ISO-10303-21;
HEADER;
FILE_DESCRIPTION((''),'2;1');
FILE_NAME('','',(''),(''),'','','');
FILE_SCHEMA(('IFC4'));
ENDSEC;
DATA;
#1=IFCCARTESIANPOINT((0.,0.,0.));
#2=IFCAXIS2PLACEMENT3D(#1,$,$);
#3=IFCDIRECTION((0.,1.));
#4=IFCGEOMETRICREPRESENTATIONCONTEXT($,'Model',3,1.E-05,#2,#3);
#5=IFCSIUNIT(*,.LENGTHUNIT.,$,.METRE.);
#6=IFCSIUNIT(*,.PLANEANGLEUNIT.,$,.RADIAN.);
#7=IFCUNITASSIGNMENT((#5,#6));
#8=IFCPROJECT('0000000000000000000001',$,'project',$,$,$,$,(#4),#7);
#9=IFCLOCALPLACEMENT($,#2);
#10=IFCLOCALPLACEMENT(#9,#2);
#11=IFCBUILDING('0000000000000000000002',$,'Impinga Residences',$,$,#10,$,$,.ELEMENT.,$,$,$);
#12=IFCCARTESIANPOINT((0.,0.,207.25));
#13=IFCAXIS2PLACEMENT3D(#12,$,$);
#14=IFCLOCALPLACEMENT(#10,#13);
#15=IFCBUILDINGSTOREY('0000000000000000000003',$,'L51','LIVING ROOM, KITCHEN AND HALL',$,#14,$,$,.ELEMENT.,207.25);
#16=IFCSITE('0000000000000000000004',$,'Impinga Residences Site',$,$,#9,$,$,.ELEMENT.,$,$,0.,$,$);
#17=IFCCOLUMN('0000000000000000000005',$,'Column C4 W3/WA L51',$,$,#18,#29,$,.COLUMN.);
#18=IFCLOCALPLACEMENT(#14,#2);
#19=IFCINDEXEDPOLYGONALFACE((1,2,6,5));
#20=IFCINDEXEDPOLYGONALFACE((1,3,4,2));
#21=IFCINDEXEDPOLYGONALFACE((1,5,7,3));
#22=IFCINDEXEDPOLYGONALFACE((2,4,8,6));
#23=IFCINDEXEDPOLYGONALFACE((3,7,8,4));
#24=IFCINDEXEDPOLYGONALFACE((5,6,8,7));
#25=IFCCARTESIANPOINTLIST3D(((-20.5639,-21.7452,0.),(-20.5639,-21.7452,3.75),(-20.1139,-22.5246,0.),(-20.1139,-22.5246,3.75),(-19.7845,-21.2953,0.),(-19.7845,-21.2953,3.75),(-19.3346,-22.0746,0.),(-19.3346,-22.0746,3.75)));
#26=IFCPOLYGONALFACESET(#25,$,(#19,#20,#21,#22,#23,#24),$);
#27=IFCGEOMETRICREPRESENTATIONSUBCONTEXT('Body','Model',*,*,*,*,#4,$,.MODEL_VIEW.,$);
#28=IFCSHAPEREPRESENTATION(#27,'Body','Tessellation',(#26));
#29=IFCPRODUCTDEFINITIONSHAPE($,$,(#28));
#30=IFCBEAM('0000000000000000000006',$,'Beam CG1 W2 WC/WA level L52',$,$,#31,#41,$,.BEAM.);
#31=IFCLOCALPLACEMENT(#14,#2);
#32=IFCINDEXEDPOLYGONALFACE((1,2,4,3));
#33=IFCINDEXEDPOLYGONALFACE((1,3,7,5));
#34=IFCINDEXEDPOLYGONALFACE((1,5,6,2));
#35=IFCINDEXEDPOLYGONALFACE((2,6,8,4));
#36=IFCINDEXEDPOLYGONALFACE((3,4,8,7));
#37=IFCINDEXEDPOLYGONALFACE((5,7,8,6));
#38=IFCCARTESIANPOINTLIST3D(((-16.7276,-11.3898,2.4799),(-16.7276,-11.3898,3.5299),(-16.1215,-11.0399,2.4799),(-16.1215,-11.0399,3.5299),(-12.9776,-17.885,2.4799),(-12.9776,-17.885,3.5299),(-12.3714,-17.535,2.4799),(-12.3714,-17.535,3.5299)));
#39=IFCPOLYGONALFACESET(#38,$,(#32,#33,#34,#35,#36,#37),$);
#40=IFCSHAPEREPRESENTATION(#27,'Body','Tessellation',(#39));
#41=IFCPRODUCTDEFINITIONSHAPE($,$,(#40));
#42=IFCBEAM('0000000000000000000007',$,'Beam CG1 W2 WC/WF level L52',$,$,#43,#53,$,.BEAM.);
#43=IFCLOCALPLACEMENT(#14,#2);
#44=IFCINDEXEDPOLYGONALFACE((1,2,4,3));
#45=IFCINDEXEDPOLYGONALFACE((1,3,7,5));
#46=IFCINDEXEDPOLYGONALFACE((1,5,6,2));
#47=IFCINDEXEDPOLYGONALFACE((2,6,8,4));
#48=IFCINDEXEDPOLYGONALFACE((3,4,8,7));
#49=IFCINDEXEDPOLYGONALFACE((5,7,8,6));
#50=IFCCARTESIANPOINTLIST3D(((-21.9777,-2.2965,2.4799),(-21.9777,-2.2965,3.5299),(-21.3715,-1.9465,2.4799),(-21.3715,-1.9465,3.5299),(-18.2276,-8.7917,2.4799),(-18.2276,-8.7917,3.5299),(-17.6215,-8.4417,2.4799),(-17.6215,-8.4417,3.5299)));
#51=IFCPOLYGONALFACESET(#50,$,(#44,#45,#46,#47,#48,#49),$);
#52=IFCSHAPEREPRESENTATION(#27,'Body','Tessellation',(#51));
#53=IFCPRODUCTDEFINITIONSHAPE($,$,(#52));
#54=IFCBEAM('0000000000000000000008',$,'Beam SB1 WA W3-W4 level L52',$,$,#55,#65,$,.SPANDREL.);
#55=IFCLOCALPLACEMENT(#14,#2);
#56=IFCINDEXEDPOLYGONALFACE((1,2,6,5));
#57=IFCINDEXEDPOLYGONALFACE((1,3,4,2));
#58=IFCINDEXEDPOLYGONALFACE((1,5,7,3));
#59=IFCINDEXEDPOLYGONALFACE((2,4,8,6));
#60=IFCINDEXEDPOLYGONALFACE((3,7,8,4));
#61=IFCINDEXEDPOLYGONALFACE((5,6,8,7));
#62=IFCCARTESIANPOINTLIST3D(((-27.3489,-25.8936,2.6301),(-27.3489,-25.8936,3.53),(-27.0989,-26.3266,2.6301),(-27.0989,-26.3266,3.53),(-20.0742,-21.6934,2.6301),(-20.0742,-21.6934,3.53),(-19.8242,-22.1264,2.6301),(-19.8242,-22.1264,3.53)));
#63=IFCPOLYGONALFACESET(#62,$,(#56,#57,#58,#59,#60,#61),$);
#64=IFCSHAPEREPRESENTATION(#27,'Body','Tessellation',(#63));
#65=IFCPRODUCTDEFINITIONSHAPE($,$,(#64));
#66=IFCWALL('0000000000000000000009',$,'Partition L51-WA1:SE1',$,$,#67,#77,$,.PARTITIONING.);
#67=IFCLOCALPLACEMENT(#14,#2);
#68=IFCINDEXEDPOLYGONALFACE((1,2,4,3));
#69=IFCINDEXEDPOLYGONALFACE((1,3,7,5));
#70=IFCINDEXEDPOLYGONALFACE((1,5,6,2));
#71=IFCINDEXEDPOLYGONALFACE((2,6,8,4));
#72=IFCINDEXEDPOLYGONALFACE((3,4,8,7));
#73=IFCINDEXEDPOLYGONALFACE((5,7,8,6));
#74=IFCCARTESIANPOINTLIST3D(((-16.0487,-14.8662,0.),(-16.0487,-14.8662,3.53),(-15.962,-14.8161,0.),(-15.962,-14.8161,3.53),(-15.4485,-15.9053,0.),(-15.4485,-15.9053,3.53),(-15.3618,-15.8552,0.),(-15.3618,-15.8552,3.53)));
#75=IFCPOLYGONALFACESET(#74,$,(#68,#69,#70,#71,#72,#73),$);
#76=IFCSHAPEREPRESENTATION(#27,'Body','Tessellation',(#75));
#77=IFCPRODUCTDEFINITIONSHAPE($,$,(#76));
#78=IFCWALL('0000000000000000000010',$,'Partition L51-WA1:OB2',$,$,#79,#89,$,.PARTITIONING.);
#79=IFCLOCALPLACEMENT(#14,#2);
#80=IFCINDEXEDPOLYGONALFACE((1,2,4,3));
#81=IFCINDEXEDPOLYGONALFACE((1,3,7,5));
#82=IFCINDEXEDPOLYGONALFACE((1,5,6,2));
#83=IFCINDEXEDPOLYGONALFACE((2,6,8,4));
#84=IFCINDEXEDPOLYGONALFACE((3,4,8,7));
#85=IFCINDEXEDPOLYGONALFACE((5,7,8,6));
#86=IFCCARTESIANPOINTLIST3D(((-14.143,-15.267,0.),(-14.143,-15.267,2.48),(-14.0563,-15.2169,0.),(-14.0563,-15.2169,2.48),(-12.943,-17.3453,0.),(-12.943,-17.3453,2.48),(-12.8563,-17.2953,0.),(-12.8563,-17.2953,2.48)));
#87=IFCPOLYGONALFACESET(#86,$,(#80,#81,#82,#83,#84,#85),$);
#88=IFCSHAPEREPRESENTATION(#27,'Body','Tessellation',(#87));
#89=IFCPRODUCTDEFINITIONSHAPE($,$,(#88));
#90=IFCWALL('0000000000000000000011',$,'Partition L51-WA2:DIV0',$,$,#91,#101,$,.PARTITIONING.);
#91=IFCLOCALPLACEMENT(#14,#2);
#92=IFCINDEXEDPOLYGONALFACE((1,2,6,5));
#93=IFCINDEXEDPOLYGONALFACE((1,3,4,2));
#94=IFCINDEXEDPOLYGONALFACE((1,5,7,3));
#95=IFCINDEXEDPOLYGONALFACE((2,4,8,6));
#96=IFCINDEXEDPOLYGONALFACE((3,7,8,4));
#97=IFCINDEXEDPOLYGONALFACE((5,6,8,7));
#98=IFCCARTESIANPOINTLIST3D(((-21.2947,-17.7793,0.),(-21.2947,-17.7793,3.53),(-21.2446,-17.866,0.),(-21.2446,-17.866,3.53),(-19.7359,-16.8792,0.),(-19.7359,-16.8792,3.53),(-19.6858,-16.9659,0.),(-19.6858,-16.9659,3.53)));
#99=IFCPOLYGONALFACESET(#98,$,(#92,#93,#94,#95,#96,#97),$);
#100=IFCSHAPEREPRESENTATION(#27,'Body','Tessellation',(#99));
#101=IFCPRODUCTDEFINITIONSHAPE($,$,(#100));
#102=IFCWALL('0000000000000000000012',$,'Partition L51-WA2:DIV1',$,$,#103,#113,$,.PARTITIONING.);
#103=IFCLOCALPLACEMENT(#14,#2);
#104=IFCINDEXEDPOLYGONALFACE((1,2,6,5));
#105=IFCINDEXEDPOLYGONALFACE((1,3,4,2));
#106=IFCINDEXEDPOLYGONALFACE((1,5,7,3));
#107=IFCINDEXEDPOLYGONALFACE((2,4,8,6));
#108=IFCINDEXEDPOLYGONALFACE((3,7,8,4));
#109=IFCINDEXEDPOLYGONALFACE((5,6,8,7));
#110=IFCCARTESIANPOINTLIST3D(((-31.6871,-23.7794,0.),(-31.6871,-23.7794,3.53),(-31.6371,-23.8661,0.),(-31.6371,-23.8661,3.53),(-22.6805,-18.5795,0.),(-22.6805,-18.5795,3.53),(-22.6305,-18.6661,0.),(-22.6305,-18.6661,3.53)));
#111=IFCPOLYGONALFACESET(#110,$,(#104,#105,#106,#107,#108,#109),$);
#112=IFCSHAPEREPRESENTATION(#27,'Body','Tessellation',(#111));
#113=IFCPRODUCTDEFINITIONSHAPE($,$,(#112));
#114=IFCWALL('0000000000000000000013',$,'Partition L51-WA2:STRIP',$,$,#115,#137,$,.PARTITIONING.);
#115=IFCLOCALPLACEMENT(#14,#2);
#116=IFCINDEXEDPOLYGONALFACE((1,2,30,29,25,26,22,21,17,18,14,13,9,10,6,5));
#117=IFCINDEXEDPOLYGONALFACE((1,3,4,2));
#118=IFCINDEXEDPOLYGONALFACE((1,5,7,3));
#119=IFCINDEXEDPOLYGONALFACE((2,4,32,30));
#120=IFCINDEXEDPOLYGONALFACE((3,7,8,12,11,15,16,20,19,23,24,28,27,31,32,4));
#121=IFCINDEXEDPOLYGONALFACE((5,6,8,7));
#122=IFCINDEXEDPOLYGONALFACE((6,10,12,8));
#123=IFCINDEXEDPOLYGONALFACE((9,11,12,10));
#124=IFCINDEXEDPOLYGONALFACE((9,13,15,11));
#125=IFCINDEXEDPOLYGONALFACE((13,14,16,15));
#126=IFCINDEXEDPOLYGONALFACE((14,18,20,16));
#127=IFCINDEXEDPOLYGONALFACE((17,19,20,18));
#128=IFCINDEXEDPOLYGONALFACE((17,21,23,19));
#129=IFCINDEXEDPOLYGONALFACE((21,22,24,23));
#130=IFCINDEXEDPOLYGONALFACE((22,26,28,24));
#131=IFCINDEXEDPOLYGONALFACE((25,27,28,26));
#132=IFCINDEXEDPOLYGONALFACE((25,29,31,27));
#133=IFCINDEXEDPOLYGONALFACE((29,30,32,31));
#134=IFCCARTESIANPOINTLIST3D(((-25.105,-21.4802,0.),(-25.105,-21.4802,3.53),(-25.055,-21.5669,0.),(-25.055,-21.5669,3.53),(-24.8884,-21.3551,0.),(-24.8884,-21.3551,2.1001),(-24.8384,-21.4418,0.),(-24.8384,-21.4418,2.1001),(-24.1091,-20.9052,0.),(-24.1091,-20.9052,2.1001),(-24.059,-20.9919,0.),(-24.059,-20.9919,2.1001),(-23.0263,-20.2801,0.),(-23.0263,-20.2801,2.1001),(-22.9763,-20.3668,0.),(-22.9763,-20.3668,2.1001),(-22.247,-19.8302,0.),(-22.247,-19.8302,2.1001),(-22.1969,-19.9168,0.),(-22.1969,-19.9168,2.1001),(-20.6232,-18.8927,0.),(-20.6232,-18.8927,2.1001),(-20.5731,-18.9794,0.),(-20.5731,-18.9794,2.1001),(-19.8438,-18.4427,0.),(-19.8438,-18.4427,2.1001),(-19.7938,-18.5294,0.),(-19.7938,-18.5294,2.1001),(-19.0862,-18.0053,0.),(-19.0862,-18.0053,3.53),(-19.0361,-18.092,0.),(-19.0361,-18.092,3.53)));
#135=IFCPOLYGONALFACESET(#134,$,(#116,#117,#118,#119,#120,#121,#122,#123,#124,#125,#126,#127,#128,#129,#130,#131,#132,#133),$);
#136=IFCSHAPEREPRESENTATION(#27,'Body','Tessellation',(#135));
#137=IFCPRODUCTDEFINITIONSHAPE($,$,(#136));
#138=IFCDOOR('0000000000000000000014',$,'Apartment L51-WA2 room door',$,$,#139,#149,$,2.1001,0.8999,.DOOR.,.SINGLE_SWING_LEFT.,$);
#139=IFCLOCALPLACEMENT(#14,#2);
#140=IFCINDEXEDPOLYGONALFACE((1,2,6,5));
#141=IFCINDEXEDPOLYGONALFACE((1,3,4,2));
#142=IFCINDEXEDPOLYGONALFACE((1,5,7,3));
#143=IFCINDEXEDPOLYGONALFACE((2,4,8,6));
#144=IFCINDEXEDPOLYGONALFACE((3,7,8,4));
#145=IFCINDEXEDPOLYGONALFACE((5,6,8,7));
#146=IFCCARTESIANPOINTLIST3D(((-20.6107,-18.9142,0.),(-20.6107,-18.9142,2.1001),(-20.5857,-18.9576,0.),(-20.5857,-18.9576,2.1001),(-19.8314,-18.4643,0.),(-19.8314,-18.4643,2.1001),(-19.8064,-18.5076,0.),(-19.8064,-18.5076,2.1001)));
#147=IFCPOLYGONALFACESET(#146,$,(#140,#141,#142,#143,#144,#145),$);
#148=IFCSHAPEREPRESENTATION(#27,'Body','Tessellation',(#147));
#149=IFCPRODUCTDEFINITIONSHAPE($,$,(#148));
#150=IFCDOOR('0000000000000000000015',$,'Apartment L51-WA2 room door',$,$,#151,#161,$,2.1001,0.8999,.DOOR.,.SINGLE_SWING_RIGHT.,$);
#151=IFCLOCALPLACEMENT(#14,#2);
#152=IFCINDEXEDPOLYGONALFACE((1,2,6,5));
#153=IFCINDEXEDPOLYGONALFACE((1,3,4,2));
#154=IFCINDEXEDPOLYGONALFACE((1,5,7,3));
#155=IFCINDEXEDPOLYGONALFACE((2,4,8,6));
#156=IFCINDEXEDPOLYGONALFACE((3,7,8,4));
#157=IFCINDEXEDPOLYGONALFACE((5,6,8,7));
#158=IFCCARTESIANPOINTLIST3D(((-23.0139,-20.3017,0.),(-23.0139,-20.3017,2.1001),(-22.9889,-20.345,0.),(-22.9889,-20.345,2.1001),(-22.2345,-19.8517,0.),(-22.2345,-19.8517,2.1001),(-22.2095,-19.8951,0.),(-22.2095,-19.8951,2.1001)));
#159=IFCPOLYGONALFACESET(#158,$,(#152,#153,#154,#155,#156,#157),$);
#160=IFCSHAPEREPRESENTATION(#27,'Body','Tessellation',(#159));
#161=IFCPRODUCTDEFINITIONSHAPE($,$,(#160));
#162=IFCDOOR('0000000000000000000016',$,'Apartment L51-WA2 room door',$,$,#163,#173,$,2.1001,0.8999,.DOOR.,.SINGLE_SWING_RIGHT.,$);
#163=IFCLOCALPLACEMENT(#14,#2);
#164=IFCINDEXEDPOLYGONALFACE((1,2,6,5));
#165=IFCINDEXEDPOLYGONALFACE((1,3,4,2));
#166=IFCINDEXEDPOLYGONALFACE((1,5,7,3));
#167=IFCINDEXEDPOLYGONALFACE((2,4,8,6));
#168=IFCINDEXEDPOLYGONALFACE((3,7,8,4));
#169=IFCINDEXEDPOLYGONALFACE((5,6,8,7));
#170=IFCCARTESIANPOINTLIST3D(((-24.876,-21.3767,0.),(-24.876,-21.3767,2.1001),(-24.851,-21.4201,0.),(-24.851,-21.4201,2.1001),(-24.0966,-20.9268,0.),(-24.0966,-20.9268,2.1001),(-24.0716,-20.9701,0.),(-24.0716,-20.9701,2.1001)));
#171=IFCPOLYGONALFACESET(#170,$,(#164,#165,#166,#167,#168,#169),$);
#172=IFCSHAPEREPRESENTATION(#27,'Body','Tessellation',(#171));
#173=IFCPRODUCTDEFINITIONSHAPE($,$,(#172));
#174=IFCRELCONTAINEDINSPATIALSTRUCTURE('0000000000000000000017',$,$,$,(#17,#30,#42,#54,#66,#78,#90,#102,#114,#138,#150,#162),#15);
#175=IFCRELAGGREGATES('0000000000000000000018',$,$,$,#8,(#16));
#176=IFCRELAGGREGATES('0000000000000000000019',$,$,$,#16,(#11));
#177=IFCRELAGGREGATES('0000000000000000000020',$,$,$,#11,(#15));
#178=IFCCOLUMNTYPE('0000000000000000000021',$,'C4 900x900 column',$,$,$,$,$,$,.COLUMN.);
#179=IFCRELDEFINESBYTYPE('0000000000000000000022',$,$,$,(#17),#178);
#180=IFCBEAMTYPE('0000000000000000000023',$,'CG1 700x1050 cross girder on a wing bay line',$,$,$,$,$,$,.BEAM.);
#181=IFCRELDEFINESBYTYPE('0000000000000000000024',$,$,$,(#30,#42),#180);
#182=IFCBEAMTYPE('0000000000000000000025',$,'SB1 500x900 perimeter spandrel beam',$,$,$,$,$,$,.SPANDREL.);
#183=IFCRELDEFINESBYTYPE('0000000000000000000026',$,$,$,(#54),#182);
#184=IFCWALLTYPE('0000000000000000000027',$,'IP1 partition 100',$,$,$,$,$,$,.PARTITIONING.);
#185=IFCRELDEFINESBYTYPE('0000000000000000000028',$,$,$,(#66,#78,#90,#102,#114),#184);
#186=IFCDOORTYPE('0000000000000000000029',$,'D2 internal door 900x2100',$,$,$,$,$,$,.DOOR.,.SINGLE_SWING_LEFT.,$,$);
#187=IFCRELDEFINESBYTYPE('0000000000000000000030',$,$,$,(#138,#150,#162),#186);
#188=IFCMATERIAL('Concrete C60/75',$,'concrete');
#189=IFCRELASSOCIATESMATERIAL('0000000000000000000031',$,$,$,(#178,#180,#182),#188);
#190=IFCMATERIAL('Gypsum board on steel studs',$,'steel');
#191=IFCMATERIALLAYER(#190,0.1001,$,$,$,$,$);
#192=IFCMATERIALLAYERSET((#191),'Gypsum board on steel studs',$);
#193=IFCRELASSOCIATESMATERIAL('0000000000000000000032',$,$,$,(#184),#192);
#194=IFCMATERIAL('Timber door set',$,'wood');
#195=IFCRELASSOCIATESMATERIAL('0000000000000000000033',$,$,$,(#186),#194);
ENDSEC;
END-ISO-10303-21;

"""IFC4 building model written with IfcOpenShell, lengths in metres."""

from ifc_helpers import new_model, si_unit, direction, frame, frame_2d, origin, origin_2d, place, context, subcontext, project, spatial, rectangle, extrude, material, layer, layer_set, material_profile, profile_set, type_object, element, fill, save


model = new_model("IFC4")

# Units and contexts
model_context = context("Model", 3, precision=1e-05, world=origin(), true_north=direction((0.0, 1.0)))
body_context = subcontext(model_context, "Body", "Model", "MODEL_VIEW")
ifc_project = project(units=[si_unit("LENGTHUNIT", "METRE"), si_unit("PLANEANGLEUNIT", "RADIAN")], contexts=[model_context])

# Site, building, storey
site_placement = place(None, origin())
site = spatial("IfcSite", under=ifc_project, at=site_placement, Name="Impinga Residences Site", CompositionType="ELEMENT", RefElevation=0.0)
building_placement = place(site_placement, origin())
building = spatial("IfcBuilding", under=site, at=building_placement, Name="Impinga Residences", CompositionType="ELEMENT")
storey_placement = place(building_placement, frame((0.0, 0.0, 207.25)))
storey = spatial("IfcBuildingStorey", under=building, at=storey_placement, Name="L51", Description="LIVING ROOM, KITCHEN AND HALL", CompositionType="ELEMENT", Elevation=207.25)

# Column
ifc_material_1 = material(Name="Concrete C60/75", Category="concrete")
ifc_material_profile_1 = material_profile(ifc_material_1, rectangle(XDim=0.8999, YDim=0.8999, at=origin_2d()), Name="RC 900x900")
ifc_profile_set_1 = profile_set([ifc_material_profile_1], Name="Concrete C60/75")
column_type = type_object("IfcColumnType", Name="C4 900x900 column", PredefinedType="COLUMN", material=ifc_profile_set_1)
column_placement = place(storey_placement, frame((-19.9492, -21.9099, 0.0), z_axis=(0.0, 0.0, 1.0), x_axis=(-0.5, 0.866025, 0.0)))
element("IfcColumn", 1, at=column_placement, inside=storey, type_object=column_type, Name="Column C4 W3/WA L51", PredefinedType="COLUMN", context=body_context, shape_type="SweptSolid", body=[
    extrude(rectangle(XDim=0.8999, YDim=0.8999, at=origin_2d()), origin(), (0.0, 0.0, 1.0), 3.75),
])

# Beams
ifc_material_profile_2 = material_profile(ifc_material_1, rectangle(XDim=0.7, YDim=1.05, at=origin_2d()), Name="RC 700x1050")
ifc_profile_set_2 = profile_set([ifc_material_profile_2], Name="Concrete C60/75")
beam_type_1 = type_object("IfcBeamType", Name="CG1 700x1050 cross girder on a wing bay line", PredefinedType="BEAM", material=ifc_profile_set_2)
for number, where, z_axis, x_axis, name in (
    (2, (-16.4246, -11.2148, 3.0049), (0.500004, -0.866023, 0.0), (0.866023, 0.500004, 0.0), "Beam CG1 W2 WC/WA level L52"),
    (3, (-17.9246, -8.6167, 3.0049), (-0.500004, 0.866023, 0.0), (-0.866023, -0.500004, 0.0), "Beam CG1 W2 WC/WF level L52"),
):
    element("IfcBeam", number, at=place(storey_placement, frame(where, z_axis=z_axis, x_axis=x_axis)), inside=storey, type_object=beam_type_1, Name=name, PredefinedType="BEAM", context=body_context, shape_type="SweptSolid", body=[
        extrude(rectangle(XDim=0.7, YDim=1.05, at=origin_2d()), origin(), (0.0, 0.0, 1.0), 7.5),
    ])
ifc_material_profile_3 = material_profile(ifc_material_1, rectangle(XDim=0.5, YDim=0.8999, at=origin_2d()), Name="RC 500x900")
ifc_profile_set_3 = profile_set([ifc_material_profile_3], Name="Concrete C60/75")
beam_type_2 = type_object("IfcBeamType", Name="SB1 500x900 perimeter spandrel beam", PredefinedType="SPANDREL", material=ifc_profile_set_3)
beam_placement = place(storey_placement, frame((-19.9492, -21.9099, 3.0801), z_axis=(-0.866017, -0.500015, 0.0), x_axis=(0.500015, -0.866017, 0.0)))
element("IfcBeam", 4, at=beam_placement, inside=storey, type_object=beam_type_2, Name="Beam SB1 WA W3-W4 level L52", PredefinedType="SPANDREL", context=body_context, shape_type="SweptSolid", body=[
    extrude(rectangle(XDim=0.5, YDim=0.8999, at=origin_2d()), origin(), (0.0, 0.0, 1.0), 8.4001),
])

# Walls
ifc_material_2 = material(Name="Gypsum board on steel studs", Category="steel")
ifc_layer_1 = layer(ifc_material_2, 0.1001)
ifc_layer_set_1 = layer_set([ifc_layer_1], Name="Gypsum board on steel studs")
wall_type_1 = type_object("IfcWallType", Name="IP1 partition 100", PredefinedType="PARTITIONING", material=ifc_layer_set_1)
wall_1_placement = place(storey_placement, frame((-16.0054, -14.8411, 0.0), z_axis=(0.0, 0.0, 1.0), x_axis=(0.500122, -0.865955, 0.0)))
element("IfcWall", 5, at=wall_1_placement, inside=storey, type_object=wall_type_1, Name="Partition L51-WA1:SE1", PredefinedType="PARTITIONING", context=body_context, shape_type="SweptSolid", body=[
    extrude(rectangle(XDim=1.2, YDim=0.1001, at=frame_2d((0.6001, 0.0))), origin(), (0.0, 0.0, 1.0), 3.53),
])
wall_2_placement = place(storey_placement, frame((-14.0996, -15.2419, 0.0), z_axis=(0.0, 0.0, 1.0), x_axis=(0.500001, -0.866025, 0.0)))
element("IfcWall", 6, at=wall_2_placement, inside=storey, type_object=wall_type_1, Name="Partition L51-WA1:OB2", PredefinedType="PARTITIONING", context=body_context, shape_type="SweptSolid", body=[
    extrude(rectangle(XDim=2.3999, YDim=0.1001, at=frame_2d((1.2, 0.0))), origin(), (0.0, 0.0, 1.0), 2.48),
])
wall_3_placement = place(storey_placement, frame((-19.7109, -16.9226, 0.0), z_axis=(0.0, 0.0, 1.0), x_axis=(-0.865989, -0.500063, 0.0)))
element("IfcWall", 7, at=wall_3_placement, inside=storey, type_object=wall_type_1, Name="Partition L51-WA2:DIV0", PredefinedType="PARTITIONING", context=body_context, shape_type="SweptSolid", body=[
    extrude(rectangle(XDim=1.8, YDim=0.1001, at=frame_2d((0.8999, 0.0))), origin(), (0.0, 0.0, 1.0), 3.53),
])
wall_4_placement = place(storey_placement, frame((-22.6555, -18.6228, 0.0), z_axis=(0.0, 0.0, 1.0), x_axis=(-0.866026, -0.499999, 0.0)))
element("IfcWall", 8, at=wall_4_placement, inside=storey, type_object=wall_type_1, Name="Partition L51-WA2:DIV1", PredefinedType="PARTITIONING", context=body_context, shape_type="SweptSolid", body=[
    extrude(rectangle(XDim=10.3999, YDim=0.1001, at=frame_2d((5.2, 0.0))), origin(), (0.0, 0.0, 1.0), 3.53),
])

# Wall, openings, doors
wall_5_placement = place(storey_placement, frame((-19.061, -18.0486, 0.0), z_axis=(0.0, 0.0, 1.0), x_axis=(-0.866032, -0.499989, 0.0)))
wall_5 = element("IfcWall", 9, at=wall_5_placement, inside=storey, type_object=wall_type_1, Name="Partition L51-WA2:STRIP", PredefinedType="PARTITIONING", context=body_context, shape_type="SweptSolid", body=[
    extrude(rectangle(XDim=6.95, YDim=0.1001, at=frame_2d((3.4751, 0.0))), origin(), (0.0, 0.0, 1.0), 3.53),
])
opening_1_placement = place(wall_5_placement, frame((0.875, 0.0, 0.0)))
opening_1 = element("IfcOpeningElement", 10, at=opening_1_placement, cuts=wall_5, PredefinedType="OPENING", context=body_context, shape_type="SweptSolid", body=[
    extrude(rectangle(XDim=0.8999, YDim=2.1001, at=frame_2d((0.45, 1.05))), frame((0.0, 0.0601, 0.0), z_axis=(0.0, -1.0, 0.0), x_axis=(1.0, 0.0, 0.0)), (0.0, 0.0, 1.0), 0.1201),
])
opening_2_placement = place(wall_5_placement, frame((3.6499, 0.0, 0.0)))
opening_2 = element("IfcOpeningElement", 11, at=opening_2_placement, cuts=wall_5, PredefinedType="OPENING", context=body_context, shape_type="SweptSolid", body=[
    extrude(rectangle(XDim=0.8999, YDim=2.1001, at=frame_2d((0.45, 1.05))), frame((0.0, 0.0601, 0.0), z_axis=(0.0, -1.0, 0.0), x_axis=(1.0, 0.0, 0.0)), (0.0, 0.0, 1.0), 0.1201),
])
opening_3_placement = place(wall_5_placement, frame((5.8, 0.0, 0.0)))
opening_3 = element("IfcOpeningElement", 12, at=opening_3_placement, cuts=wall_5, PredefinedType="OPENING", context=body_context, shape_type="SweptSolid", body=[
    extrude(rectangle(XDim=0.8999, YDim=2.1001, at=frame_2d((0.45, 1.05))), frame((0.0, 0.0601, 0.0), z_axis=(0.0, -1.0, 0.0), x_axis=(1.0, 0.0, 0.0)), (0.0, 0.0, 1.0), 0.1201),
])
ifc_material_3 = material(Name="Timber door set", Category="wood")
door_type = type_object("IfcDoorType", Name="D2 internal door 900x2100", OperationType="SINGLE_SWING_LEFT", PredefinedType="DOOR", material=ifc_material_3)
door_1_placement = place(opening_1_placement, origin())
door_1 = element("IfcDoor", 13, at=door_1_placement, inside=storey, type_object=door_type, Name="Apartment L51-WA2 room door", OperationType="SINGLE_SWING_LEFT", OverallHeight=2.1001, OverallWidth=0.8999, PredefinedType="DOOR", context=body_context, shape_type="SweptSolid", body=[
    extrude(rectangle(XDim=0.8999, YDim=2.1001, at=frame_2d((0.45, 1.05))), frame((0.0, 0.0249, 0.0), z_axis=(0.0, -1.0, 0.0), x_axis=(1.0, 0.0, 0.0)), (0.0, 0.0, 1.0), 0.05),
])
fill(opening_1, door_1)
door_2_placement = place(opening_2_placement, origin())
door_2 = element("IfcDoor", 14, at=door_2_placement, inside=storey, type_object=door_type, Name="Apartment L51-WA2 room door", OperationType="SINGLE_SWING_RIGHT", OverallHeight=2.1001, OverallWidth=0.8999, PredefinedType="DOOR", context=body_context, shape_type="SweptSolid", body=[
    extrude(rectangle(XDim=0.8999, YDim=2.1001, at=frame_2d((0.45, 1.05))), frame((0.0, 0.0249, 0.0), z_axis=(0.0, -1.0, 0.0), x_axis=(1.0, 0.0, 0.0)), (0.0, 0.0, 1.0), 0.05),
])
fill(opening_2, door_2)
door_3_placement = place(opening_3_placement, origin())
door_3 = element("IfcDoor", 15, at=door_3_placement, inside=storey, type_object=door_type, Name="Apartment L51-WA2 room door", OperationType="SINGLE_SWING_RIGHT", OverallHeight=2.1001, OverallWidth=0.8999, PredefinedType="DOOR", context=body_context, shape_type="SweptSolid", body=[
    extrude(rectangle(XDim=0.8999, YDim=2.1001, at=frame_2d((0.45, 1.05))), frame((0.0, 0.0249, 0.0), z_axis=(0.0, -1.0, 0.0), x_axis=(1.0, 0.0, 0.0)), (0.0, 0.0, 1.0), 0.05),
])
fill(opening_3, door_3)

save(model, "model.ifc")
